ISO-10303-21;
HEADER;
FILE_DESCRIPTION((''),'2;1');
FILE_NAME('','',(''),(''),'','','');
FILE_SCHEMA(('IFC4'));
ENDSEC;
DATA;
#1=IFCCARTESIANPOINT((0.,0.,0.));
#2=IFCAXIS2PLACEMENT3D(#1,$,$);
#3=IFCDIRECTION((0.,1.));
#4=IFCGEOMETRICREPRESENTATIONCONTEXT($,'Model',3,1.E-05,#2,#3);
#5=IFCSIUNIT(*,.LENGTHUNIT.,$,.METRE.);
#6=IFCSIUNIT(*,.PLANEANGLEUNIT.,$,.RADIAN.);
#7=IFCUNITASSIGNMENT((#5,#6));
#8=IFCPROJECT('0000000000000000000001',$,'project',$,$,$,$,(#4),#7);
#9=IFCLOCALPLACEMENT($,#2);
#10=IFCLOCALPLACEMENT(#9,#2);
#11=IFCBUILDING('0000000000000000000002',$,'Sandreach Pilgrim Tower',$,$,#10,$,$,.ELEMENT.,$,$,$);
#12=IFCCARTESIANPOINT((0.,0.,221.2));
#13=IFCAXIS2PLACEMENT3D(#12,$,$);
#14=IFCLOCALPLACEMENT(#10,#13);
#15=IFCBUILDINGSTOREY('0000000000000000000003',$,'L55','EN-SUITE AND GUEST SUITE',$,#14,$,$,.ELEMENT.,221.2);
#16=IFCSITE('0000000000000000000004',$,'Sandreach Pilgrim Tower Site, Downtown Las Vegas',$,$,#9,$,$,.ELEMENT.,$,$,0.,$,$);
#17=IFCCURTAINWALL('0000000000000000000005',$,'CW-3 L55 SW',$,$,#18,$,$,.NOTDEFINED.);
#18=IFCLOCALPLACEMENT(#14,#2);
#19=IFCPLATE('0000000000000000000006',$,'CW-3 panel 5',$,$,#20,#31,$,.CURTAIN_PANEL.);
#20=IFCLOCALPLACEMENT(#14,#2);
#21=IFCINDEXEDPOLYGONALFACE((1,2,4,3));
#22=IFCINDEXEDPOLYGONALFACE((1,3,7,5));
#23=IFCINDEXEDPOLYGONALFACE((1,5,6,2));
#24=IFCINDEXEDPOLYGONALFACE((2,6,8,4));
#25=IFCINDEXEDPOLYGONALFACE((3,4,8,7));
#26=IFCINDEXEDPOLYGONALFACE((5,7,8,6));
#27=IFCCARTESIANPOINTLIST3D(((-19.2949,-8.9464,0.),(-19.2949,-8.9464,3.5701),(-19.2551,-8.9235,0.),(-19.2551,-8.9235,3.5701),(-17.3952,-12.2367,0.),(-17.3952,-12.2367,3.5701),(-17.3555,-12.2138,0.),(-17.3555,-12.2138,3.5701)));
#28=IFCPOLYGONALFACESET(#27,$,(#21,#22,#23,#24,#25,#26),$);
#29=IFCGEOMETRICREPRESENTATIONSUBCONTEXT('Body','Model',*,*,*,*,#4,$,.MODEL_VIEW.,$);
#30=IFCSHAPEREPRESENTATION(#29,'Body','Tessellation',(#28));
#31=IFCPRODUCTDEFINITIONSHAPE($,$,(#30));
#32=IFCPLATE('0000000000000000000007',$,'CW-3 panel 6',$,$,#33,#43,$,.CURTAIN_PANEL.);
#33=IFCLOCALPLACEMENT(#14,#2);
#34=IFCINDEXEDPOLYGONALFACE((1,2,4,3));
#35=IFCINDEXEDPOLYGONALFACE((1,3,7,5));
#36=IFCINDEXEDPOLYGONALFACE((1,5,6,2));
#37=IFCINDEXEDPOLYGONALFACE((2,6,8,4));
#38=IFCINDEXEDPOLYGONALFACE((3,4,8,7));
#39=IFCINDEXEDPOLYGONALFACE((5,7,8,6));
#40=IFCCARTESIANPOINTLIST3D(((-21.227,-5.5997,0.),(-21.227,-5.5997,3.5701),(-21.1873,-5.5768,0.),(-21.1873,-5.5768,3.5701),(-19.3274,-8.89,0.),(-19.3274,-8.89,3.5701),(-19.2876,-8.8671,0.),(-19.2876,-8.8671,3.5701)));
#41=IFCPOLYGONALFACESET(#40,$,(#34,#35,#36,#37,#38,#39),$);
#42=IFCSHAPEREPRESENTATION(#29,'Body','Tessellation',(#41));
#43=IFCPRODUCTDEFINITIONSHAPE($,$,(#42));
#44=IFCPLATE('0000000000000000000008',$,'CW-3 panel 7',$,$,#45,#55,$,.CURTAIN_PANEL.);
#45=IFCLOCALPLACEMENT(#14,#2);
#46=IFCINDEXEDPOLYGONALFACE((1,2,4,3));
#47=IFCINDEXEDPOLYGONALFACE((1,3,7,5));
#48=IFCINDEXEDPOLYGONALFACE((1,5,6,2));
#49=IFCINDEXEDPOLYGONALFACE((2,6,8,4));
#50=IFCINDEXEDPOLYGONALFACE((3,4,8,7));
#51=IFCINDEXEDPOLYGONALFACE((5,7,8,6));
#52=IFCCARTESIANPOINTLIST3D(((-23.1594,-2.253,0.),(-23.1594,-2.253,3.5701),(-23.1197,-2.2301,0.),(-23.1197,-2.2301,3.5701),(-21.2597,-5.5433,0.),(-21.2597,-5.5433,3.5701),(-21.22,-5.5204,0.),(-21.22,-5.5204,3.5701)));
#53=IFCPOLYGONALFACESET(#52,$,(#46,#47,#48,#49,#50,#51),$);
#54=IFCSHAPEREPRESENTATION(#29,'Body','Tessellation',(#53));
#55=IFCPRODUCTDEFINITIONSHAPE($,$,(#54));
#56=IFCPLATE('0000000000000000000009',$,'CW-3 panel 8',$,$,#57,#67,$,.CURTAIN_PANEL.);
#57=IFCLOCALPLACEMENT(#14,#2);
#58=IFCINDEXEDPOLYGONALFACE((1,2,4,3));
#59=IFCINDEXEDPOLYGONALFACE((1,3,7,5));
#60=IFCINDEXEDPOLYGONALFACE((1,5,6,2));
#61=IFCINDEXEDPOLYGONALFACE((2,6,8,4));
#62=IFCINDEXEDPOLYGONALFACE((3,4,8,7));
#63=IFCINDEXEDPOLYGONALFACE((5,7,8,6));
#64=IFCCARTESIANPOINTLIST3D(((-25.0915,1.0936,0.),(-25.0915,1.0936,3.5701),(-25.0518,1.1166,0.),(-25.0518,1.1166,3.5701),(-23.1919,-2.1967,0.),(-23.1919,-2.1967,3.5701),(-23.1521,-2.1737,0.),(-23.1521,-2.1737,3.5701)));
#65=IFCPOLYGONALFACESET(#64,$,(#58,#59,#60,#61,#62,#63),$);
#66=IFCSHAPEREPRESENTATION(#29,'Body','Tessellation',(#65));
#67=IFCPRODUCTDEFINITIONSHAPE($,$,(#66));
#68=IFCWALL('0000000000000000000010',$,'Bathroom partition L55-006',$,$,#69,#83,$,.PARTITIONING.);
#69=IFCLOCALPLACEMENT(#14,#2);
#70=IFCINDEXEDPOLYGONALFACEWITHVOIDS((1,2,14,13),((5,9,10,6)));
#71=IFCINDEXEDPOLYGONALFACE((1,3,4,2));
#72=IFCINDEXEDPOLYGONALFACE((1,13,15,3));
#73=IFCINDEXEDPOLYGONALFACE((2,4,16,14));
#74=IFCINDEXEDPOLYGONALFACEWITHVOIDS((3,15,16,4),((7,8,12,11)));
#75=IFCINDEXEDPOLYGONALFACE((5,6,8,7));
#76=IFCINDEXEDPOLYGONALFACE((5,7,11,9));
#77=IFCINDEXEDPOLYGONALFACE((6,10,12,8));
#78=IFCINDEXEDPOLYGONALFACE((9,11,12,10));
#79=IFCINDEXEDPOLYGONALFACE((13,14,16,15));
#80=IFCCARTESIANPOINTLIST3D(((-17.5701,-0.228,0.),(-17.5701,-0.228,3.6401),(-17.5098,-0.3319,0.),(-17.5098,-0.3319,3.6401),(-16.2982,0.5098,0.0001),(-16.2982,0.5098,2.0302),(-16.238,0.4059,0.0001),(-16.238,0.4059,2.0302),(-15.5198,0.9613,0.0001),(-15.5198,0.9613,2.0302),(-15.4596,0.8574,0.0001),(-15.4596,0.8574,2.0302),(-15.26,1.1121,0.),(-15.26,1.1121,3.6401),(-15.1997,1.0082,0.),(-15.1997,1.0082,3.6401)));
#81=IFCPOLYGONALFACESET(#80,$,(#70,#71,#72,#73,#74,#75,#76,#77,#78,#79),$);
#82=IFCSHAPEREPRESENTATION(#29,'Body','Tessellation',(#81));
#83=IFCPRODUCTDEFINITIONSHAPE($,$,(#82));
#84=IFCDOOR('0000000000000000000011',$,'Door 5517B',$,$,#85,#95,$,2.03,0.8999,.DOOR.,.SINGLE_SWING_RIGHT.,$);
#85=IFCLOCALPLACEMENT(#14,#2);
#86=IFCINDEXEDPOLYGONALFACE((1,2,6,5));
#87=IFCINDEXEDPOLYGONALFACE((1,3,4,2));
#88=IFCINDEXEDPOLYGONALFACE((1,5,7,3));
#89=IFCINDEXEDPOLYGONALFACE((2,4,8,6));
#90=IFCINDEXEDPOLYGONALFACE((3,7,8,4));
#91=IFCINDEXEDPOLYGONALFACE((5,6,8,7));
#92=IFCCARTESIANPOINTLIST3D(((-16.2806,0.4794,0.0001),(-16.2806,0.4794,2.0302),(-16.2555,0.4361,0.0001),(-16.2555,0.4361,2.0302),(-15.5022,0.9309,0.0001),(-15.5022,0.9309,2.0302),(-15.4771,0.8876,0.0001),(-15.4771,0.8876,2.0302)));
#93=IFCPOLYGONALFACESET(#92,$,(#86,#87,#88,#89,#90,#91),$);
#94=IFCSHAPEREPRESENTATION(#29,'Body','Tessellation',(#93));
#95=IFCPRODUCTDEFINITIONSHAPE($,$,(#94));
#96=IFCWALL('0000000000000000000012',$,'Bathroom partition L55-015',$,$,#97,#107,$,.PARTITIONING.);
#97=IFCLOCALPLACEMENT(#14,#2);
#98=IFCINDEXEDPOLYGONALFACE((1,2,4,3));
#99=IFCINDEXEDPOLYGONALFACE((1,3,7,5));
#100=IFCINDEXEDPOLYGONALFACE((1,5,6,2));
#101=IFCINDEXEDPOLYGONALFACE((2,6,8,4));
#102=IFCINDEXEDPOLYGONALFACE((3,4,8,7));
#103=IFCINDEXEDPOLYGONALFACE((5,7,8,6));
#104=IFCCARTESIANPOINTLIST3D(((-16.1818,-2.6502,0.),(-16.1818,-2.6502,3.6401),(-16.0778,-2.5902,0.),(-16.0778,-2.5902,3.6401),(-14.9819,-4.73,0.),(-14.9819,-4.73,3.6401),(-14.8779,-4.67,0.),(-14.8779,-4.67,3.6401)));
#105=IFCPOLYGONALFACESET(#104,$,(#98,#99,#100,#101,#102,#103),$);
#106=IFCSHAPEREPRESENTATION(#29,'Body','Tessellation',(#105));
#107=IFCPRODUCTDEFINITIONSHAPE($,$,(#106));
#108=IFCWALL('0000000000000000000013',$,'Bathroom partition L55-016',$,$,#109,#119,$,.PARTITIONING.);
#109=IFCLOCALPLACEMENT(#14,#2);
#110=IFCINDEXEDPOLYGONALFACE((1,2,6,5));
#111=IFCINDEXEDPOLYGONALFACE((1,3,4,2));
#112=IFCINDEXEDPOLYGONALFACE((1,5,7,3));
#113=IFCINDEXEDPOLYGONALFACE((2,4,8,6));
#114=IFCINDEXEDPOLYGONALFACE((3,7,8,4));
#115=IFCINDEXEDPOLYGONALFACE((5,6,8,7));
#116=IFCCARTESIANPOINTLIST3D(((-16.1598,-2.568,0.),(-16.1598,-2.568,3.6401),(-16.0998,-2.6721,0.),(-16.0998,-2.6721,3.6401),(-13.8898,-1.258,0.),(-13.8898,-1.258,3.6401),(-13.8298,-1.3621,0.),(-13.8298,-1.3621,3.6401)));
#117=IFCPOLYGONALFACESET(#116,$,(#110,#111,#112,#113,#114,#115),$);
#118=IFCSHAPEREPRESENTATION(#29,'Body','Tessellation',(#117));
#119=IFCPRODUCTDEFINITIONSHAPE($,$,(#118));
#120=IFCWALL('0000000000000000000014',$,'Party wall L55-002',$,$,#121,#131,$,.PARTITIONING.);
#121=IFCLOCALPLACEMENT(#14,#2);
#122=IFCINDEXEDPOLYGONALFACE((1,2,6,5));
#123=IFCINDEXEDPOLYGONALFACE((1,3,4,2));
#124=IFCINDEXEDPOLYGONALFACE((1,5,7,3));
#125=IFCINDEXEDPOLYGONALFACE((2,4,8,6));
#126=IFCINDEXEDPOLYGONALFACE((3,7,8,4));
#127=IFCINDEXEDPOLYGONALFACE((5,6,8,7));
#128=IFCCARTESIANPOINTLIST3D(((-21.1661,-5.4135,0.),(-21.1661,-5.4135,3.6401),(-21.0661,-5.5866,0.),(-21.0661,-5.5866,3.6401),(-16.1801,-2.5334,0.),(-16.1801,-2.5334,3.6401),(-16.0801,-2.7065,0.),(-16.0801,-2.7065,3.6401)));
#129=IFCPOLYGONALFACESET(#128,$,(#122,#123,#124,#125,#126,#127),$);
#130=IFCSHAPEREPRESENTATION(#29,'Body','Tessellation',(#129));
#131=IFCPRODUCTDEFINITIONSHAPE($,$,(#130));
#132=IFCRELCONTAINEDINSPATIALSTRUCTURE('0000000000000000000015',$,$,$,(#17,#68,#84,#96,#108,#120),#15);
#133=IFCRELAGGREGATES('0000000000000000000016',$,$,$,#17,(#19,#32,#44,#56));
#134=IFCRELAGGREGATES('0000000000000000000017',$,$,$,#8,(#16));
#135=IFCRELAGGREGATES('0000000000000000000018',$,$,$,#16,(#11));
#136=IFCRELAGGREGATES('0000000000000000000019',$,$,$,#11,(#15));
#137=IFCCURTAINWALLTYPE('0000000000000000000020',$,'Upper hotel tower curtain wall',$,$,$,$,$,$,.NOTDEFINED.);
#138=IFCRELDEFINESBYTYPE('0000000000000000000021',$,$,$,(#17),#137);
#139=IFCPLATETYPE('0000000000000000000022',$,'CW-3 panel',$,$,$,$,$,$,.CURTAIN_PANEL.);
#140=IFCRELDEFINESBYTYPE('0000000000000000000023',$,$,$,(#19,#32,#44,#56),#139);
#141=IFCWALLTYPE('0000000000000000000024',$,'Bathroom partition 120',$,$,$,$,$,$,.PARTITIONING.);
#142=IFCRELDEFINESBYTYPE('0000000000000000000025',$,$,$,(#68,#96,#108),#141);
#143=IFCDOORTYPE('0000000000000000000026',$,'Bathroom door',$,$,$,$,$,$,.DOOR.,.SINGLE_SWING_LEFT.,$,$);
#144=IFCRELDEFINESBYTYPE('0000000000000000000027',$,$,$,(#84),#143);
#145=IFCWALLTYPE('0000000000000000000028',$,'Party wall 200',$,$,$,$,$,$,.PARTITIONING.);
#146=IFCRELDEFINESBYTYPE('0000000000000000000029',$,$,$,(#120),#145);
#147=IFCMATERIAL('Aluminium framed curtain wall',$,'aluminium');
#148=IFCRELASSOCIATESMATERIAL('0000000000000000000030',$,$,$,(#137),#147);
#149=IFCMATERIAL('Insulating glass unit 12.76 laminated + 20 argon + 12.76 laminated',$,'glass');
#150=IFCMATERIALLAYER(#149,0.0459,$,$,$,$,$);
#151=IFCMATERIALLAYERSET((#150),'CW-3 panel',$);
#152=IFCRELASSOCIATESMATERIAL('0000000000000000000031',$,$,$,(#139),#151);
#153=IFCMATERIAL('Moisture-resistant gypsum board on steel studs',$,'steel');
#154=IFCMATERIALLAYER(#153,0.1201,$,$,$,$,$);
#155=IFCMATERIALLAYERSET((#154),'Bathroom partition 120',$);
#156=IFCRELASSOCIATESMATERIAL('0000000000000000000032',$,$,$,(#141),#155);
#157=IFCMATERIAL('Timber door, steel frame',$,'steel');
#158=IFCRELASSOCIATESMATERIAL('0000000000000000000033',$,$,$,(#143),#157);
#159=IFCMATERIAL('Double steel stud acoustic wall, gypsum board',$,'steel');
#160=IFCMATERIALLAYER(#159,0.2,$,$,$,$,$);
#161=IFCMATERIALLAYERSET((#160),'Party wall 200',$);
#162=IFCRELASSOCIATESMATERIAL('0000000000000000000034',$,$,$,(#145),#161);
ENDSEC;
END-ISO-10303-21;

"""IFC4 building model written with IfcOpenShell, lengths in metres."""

from ifc_helpers import new_model, si_unit, direction, frame, frame_2d, origin, origin_2d, place, context, subcontext, project, spatial, rectangle, extrude, material, layer, layer_set, type_object, element, fill, aggregate, save


model = new_model("IFC4")

# Units and contexts
model_context = context("Model", 3, precision=1e-05, world=origin(), true_north=direction((0.0, 1.0)))
body_context = subcontext(model_context, "Body", "Model", "MODEL_VIEW")
ifc_project = project(units=[si_unit("LENGTHUNIT", "METRE"), si_unit("PLANEANGLEUNIT", "RADIAN")], contexts=[model_context])

# Site, building, storey
site_placement = place(None, origin())
site = spatial("IfcSite", under=ifc_project, at=site_placement, Name="Sandreach Pilgrim Tower Site, Downtown Las Vegas", CompositionType="ELEMENT", RefElevation=0.0)
building_placement = place(site_placement, origin())
building = spatial("IfcBuilding", under=site, at=building_placement, Name="Sandreach Pilgrim Tower", CompositionType="ELEMENT")
storey_placement = place(building_placement, frame((0.0, 0.0, 221.2)))
storey = spatial("IfcBuildingStorey", under=building, at=storey_placement, Name="L55", Description="EN-SUITE AND GUEST SUITE", CompositionType="ELEMENT", Elevation=221.2)

# Curtain wall
ifc_material_1 = material(Name="Aluminium framed curtain wall", Category="aluminium")
curtain_wall_type = type_object("IfcCurtainWallType", Name="Upper hotel tower curtain wall", PredefinedType="NOTDEFINED", material=ifc_material_1)
curtain_wall_placement = place(storey_placement, origin())
curtain_wall = element("IfcCurtainWall", 1, at=curtain_wall_placement, inside=storey, type_object=curtain_wall_type, Name="CW-3 L55 SW", PredefinedType="NOTDEFINED")

# Plates
ifc_material_2 = material(Name="Insulating glass unit 12.76 laminated + 20 argon + 12.76 laminated", Category="glass")
ifc_layer_1 = layer(ifc_material_2, 0.0459)
ifc_layer_set_1 = layer_set([ifc_layer_1], Name="CW-3 panel")
plate_type = type_object("IfcPlateType", Name="CW-3 panel", PredefinedType="CURTAIN_PANEL", material=ifc_layer_set_1)
plate_1_placement = place(storey_placement, frame((-18.3252, -10.5801, 0.0), z_axis=(0.0, 0.0, 1.0), x_axis=(-0.5, 0.866025, 0.0)))
plate_1 = element("IfcPlate", 2, at=plate_1_placement, type_object=plate_type, Name="CW-3 panel 5", PredefinedType="CURTAIN_PANEL", context=body_context, shape_type="SweptSolid", body=[
    extrude(rectangle(XDim=3.7993, YDim=0.0459, at=origin_2d()), origin(), (0.0, 0.0, 1.0), 3.5701),
])
plate_2_placement = place(storey_placement, frame((-20.2573, -7.2334, 0.0), z_axis=(0.0, 0.0, 1.0), x_axis=(-0.5, 0.866025, 0.0)))
plate_2 = element("IfcPlate", 3, at=plate_2_placement, type_object=plate_type, Name="CW-3 panel 6", PredefinedType="CURTAIN_PANEL", context=body_context, shape_type="SweptSolid", body=[
    extrude(rectangle(XDim=3.7993, YDim=0.0459, at=origin_2d()), origin(), (0.0, 0.0, 1.0), 3.5701),
])
plate_3_placement = place(storey_placement, frame((-22.1897, -3.8867, 0.0), z_axis=(0.0, 0.0, 1.0), x_axis=(-0.5, 0.866025, 0.0)))
plate_3 = element("IfcPlate", 4, at=plate_3_placement, type_object=plate_type, Name="CW-3 panel 7", PredefinedType="CURTAIN_PANEL", context=body_context, shape_type="SweptSolid", body=[
    extrude(rectangle(XDim=3.7993, YDim=0.0459, at=origin_2d()), origin(), (0.0, 0.0, 1.0), 3.5701),
])
plate_4_placement = place(storey_placement, frame((-24.1218, -0.54, 0.0), z_axis=(0.0, 0.0, 1.0), x_axis=(-0.5, 0.866025, 0.0)))
plate_4 = element("IfcPlate", 5, at=plate_4_placement, type_object=plate_type, Name="CW-3 panel 8", PredefinedType="CURTAIN_PANEL", context=body_context, shape_type="SweptSolid", body=[
    extrude(rectangle(XDim=3.7993, YDim=0.0459, at=origin_2d()), origin(), (0.0, 0.0, 1.0), 3.5701),
])
aggregate(curtain_wall, [plate_1, plate_2, plate_3, plate_4])

# Wall, opening, door
ifc_material_3 = material(Name="Moisture-resistant gypsum board on steel studs", Category="steel")
ifc_layer_2 = layer(ifc_material_3, 0.1201)
ifc_layer_set_2 = layer_set([ifc_layer_2], Name="Bathroom partition 120")
wall_type_1 = type_object("IfcWallType", Name="Bathroom partition 120", PredefinedType="PARTITIONING", material=ifc_layer_set_2)
wall_1_placement = place(storey_placement, frame((-17.54, -0.28, 0.0), z_axis=(0.0, 0.0, 1.0), x_axis=(0.86499, 0.501789, 0.0)))
wall_1 = element("IfcWall", 6, at=wall_1_placement, inside=storey, type_object=wall_type_1, Name="Bathroom partition L55-006", PredefinedType="PARTITIONING", context=body_context, shape_type="SweptSolid", body=[
    extrude(rectangle(XDim=2.6707, YDim=0.1201, at=frame_2d((1.3354, 0.0))), origin(), (0.0, 0.0, 1.0), 3.6401),
])
opening_placement = place(wall_1_placement, frame((1.4705, 0.0, 0.0)))
opening = element("IfcOpeningElement", 7, at=opening_placement, cuts=wall_1, PredefinedType="OPENING", context=body_context, shape_type="SweptSolid", body=[
    extrude(rectangle(XDim=0.8999, YDim=2.03, at=frame_2d((0.45, 1.0151))), frame((0.0, 0.0601, 0.0), z_axis=(0.0, -1.0, 0.0), x_axis=(1.0, 0.0, 0.0)), (0.0, 0.0, 1.0), 0.1201),
])
ifc_material_4 = material(Name="Timber door, steel frame", Category="steel")
door_type = type_object("IfcDoorType", Name="Bathroom door", OperationType="SINGLE_SWING_LEFT", PredefinedType="DOOR", material=ifc_material_4)
door_placement = place(opening_placement, origin())
door = element("IfcDoor", 8, at=door_placement, inside=storey, type_object=door_type, Name="Door 5517B", OperationType="SINGLE_SWING_RIGHT", OverallHeight=2.03, OverallWidth=0.8999, PredefinedType="DOOR", context=body_context, shape_type="SweptSolid", body=[
    extrude(rectangle(XDim=0.8999, YDim=2.03, at=frame_2d((0.45, 1.0151))), frame((0.0, 0.0249, 0.0), z_axis=(0.0, -1.0, 0.0), x_axis=(1.0, 0.0, 0.0)), (0.0, 0.0, 1.0), 0.05),
])
fill(opening, door)

# Walls
wall_2_placement = place(storey_placement, frame((-16.1299, -2.6201, 0.0), z_axis=(0.0, 0.0, 1.0), x_axis=(0.499737, -0.866177, 0.0)))
element("IfcWall", 9, at=wall_2_placement, inside=storey, type_object=wall_type_1, Name="Bathroom partition L55-015", PredefinedType="PARTITIONING", context=body_context, shape_type="SweptSolid", body=[
    extrude(rectangle(XDim=2.4011, YDim=0.1201, at=frame_2d((1.2007, 0.0))), origin(), (0.0, 0.0, 1.0), 3.6401),
])
wall_3_placement = place(storey_placement, frame((-16.1299, -2.6201, 0.0), z_axis=(0.0, 0.0, 1.0), x_axis=(0.866114, 0.499846, 0.0)))
element("IfcWall", 10, at=wall_3_placement, inside=storey, type_object=wall_type_1, Name="Bathroom partition L55-016", PredefinedType="PARTITIONING", context=body_context, shape_type="SweptSolid", body=[
    extrude(rectangle(XDim=2.6208, YDim=0.1201, at=frame_2d((1.3105, 0.0))), origin(), (0.0, 0.0, 1.0), 3.6401),
])
ifc_material_5 = material(Name="Double steel stud acoustic wall, gypsum board", Category="steel")
ifc_layer_3 = layer(ifc_material_5, 0.2)
ifc_layer_set_3 = layer_set([ifc_layer_3], Name="Party wall 200")
wall_type_2 = type_object("IfcWallType", Name="Party wall 200", PredefinedType="PARTITIONING", material=ifc_layer_set_3)
wall_4_placement = place(storey_placement, frame((-21.116, -5.5, 0.0), z_axis=(0.0, 0.0, 1.0), x_axis=(0.865919, 0.500184, 0.0)))
element("IfcWall", 11, at=wall_4_placement, inside=storey, type_object=wall_type_2, Name="Party wall L55-002", PredefinedType="PARTITIONING", context=body_context, shape_type="SweptSolid", body=[
    extrude(rectangle(XDim=5.7581, YDim=0.2, at=frame_2d((2.8789, 0.0))), origin(), (0.0, 0.0, 1.0), 3.6401),
])

save(model, "model.ifc")
